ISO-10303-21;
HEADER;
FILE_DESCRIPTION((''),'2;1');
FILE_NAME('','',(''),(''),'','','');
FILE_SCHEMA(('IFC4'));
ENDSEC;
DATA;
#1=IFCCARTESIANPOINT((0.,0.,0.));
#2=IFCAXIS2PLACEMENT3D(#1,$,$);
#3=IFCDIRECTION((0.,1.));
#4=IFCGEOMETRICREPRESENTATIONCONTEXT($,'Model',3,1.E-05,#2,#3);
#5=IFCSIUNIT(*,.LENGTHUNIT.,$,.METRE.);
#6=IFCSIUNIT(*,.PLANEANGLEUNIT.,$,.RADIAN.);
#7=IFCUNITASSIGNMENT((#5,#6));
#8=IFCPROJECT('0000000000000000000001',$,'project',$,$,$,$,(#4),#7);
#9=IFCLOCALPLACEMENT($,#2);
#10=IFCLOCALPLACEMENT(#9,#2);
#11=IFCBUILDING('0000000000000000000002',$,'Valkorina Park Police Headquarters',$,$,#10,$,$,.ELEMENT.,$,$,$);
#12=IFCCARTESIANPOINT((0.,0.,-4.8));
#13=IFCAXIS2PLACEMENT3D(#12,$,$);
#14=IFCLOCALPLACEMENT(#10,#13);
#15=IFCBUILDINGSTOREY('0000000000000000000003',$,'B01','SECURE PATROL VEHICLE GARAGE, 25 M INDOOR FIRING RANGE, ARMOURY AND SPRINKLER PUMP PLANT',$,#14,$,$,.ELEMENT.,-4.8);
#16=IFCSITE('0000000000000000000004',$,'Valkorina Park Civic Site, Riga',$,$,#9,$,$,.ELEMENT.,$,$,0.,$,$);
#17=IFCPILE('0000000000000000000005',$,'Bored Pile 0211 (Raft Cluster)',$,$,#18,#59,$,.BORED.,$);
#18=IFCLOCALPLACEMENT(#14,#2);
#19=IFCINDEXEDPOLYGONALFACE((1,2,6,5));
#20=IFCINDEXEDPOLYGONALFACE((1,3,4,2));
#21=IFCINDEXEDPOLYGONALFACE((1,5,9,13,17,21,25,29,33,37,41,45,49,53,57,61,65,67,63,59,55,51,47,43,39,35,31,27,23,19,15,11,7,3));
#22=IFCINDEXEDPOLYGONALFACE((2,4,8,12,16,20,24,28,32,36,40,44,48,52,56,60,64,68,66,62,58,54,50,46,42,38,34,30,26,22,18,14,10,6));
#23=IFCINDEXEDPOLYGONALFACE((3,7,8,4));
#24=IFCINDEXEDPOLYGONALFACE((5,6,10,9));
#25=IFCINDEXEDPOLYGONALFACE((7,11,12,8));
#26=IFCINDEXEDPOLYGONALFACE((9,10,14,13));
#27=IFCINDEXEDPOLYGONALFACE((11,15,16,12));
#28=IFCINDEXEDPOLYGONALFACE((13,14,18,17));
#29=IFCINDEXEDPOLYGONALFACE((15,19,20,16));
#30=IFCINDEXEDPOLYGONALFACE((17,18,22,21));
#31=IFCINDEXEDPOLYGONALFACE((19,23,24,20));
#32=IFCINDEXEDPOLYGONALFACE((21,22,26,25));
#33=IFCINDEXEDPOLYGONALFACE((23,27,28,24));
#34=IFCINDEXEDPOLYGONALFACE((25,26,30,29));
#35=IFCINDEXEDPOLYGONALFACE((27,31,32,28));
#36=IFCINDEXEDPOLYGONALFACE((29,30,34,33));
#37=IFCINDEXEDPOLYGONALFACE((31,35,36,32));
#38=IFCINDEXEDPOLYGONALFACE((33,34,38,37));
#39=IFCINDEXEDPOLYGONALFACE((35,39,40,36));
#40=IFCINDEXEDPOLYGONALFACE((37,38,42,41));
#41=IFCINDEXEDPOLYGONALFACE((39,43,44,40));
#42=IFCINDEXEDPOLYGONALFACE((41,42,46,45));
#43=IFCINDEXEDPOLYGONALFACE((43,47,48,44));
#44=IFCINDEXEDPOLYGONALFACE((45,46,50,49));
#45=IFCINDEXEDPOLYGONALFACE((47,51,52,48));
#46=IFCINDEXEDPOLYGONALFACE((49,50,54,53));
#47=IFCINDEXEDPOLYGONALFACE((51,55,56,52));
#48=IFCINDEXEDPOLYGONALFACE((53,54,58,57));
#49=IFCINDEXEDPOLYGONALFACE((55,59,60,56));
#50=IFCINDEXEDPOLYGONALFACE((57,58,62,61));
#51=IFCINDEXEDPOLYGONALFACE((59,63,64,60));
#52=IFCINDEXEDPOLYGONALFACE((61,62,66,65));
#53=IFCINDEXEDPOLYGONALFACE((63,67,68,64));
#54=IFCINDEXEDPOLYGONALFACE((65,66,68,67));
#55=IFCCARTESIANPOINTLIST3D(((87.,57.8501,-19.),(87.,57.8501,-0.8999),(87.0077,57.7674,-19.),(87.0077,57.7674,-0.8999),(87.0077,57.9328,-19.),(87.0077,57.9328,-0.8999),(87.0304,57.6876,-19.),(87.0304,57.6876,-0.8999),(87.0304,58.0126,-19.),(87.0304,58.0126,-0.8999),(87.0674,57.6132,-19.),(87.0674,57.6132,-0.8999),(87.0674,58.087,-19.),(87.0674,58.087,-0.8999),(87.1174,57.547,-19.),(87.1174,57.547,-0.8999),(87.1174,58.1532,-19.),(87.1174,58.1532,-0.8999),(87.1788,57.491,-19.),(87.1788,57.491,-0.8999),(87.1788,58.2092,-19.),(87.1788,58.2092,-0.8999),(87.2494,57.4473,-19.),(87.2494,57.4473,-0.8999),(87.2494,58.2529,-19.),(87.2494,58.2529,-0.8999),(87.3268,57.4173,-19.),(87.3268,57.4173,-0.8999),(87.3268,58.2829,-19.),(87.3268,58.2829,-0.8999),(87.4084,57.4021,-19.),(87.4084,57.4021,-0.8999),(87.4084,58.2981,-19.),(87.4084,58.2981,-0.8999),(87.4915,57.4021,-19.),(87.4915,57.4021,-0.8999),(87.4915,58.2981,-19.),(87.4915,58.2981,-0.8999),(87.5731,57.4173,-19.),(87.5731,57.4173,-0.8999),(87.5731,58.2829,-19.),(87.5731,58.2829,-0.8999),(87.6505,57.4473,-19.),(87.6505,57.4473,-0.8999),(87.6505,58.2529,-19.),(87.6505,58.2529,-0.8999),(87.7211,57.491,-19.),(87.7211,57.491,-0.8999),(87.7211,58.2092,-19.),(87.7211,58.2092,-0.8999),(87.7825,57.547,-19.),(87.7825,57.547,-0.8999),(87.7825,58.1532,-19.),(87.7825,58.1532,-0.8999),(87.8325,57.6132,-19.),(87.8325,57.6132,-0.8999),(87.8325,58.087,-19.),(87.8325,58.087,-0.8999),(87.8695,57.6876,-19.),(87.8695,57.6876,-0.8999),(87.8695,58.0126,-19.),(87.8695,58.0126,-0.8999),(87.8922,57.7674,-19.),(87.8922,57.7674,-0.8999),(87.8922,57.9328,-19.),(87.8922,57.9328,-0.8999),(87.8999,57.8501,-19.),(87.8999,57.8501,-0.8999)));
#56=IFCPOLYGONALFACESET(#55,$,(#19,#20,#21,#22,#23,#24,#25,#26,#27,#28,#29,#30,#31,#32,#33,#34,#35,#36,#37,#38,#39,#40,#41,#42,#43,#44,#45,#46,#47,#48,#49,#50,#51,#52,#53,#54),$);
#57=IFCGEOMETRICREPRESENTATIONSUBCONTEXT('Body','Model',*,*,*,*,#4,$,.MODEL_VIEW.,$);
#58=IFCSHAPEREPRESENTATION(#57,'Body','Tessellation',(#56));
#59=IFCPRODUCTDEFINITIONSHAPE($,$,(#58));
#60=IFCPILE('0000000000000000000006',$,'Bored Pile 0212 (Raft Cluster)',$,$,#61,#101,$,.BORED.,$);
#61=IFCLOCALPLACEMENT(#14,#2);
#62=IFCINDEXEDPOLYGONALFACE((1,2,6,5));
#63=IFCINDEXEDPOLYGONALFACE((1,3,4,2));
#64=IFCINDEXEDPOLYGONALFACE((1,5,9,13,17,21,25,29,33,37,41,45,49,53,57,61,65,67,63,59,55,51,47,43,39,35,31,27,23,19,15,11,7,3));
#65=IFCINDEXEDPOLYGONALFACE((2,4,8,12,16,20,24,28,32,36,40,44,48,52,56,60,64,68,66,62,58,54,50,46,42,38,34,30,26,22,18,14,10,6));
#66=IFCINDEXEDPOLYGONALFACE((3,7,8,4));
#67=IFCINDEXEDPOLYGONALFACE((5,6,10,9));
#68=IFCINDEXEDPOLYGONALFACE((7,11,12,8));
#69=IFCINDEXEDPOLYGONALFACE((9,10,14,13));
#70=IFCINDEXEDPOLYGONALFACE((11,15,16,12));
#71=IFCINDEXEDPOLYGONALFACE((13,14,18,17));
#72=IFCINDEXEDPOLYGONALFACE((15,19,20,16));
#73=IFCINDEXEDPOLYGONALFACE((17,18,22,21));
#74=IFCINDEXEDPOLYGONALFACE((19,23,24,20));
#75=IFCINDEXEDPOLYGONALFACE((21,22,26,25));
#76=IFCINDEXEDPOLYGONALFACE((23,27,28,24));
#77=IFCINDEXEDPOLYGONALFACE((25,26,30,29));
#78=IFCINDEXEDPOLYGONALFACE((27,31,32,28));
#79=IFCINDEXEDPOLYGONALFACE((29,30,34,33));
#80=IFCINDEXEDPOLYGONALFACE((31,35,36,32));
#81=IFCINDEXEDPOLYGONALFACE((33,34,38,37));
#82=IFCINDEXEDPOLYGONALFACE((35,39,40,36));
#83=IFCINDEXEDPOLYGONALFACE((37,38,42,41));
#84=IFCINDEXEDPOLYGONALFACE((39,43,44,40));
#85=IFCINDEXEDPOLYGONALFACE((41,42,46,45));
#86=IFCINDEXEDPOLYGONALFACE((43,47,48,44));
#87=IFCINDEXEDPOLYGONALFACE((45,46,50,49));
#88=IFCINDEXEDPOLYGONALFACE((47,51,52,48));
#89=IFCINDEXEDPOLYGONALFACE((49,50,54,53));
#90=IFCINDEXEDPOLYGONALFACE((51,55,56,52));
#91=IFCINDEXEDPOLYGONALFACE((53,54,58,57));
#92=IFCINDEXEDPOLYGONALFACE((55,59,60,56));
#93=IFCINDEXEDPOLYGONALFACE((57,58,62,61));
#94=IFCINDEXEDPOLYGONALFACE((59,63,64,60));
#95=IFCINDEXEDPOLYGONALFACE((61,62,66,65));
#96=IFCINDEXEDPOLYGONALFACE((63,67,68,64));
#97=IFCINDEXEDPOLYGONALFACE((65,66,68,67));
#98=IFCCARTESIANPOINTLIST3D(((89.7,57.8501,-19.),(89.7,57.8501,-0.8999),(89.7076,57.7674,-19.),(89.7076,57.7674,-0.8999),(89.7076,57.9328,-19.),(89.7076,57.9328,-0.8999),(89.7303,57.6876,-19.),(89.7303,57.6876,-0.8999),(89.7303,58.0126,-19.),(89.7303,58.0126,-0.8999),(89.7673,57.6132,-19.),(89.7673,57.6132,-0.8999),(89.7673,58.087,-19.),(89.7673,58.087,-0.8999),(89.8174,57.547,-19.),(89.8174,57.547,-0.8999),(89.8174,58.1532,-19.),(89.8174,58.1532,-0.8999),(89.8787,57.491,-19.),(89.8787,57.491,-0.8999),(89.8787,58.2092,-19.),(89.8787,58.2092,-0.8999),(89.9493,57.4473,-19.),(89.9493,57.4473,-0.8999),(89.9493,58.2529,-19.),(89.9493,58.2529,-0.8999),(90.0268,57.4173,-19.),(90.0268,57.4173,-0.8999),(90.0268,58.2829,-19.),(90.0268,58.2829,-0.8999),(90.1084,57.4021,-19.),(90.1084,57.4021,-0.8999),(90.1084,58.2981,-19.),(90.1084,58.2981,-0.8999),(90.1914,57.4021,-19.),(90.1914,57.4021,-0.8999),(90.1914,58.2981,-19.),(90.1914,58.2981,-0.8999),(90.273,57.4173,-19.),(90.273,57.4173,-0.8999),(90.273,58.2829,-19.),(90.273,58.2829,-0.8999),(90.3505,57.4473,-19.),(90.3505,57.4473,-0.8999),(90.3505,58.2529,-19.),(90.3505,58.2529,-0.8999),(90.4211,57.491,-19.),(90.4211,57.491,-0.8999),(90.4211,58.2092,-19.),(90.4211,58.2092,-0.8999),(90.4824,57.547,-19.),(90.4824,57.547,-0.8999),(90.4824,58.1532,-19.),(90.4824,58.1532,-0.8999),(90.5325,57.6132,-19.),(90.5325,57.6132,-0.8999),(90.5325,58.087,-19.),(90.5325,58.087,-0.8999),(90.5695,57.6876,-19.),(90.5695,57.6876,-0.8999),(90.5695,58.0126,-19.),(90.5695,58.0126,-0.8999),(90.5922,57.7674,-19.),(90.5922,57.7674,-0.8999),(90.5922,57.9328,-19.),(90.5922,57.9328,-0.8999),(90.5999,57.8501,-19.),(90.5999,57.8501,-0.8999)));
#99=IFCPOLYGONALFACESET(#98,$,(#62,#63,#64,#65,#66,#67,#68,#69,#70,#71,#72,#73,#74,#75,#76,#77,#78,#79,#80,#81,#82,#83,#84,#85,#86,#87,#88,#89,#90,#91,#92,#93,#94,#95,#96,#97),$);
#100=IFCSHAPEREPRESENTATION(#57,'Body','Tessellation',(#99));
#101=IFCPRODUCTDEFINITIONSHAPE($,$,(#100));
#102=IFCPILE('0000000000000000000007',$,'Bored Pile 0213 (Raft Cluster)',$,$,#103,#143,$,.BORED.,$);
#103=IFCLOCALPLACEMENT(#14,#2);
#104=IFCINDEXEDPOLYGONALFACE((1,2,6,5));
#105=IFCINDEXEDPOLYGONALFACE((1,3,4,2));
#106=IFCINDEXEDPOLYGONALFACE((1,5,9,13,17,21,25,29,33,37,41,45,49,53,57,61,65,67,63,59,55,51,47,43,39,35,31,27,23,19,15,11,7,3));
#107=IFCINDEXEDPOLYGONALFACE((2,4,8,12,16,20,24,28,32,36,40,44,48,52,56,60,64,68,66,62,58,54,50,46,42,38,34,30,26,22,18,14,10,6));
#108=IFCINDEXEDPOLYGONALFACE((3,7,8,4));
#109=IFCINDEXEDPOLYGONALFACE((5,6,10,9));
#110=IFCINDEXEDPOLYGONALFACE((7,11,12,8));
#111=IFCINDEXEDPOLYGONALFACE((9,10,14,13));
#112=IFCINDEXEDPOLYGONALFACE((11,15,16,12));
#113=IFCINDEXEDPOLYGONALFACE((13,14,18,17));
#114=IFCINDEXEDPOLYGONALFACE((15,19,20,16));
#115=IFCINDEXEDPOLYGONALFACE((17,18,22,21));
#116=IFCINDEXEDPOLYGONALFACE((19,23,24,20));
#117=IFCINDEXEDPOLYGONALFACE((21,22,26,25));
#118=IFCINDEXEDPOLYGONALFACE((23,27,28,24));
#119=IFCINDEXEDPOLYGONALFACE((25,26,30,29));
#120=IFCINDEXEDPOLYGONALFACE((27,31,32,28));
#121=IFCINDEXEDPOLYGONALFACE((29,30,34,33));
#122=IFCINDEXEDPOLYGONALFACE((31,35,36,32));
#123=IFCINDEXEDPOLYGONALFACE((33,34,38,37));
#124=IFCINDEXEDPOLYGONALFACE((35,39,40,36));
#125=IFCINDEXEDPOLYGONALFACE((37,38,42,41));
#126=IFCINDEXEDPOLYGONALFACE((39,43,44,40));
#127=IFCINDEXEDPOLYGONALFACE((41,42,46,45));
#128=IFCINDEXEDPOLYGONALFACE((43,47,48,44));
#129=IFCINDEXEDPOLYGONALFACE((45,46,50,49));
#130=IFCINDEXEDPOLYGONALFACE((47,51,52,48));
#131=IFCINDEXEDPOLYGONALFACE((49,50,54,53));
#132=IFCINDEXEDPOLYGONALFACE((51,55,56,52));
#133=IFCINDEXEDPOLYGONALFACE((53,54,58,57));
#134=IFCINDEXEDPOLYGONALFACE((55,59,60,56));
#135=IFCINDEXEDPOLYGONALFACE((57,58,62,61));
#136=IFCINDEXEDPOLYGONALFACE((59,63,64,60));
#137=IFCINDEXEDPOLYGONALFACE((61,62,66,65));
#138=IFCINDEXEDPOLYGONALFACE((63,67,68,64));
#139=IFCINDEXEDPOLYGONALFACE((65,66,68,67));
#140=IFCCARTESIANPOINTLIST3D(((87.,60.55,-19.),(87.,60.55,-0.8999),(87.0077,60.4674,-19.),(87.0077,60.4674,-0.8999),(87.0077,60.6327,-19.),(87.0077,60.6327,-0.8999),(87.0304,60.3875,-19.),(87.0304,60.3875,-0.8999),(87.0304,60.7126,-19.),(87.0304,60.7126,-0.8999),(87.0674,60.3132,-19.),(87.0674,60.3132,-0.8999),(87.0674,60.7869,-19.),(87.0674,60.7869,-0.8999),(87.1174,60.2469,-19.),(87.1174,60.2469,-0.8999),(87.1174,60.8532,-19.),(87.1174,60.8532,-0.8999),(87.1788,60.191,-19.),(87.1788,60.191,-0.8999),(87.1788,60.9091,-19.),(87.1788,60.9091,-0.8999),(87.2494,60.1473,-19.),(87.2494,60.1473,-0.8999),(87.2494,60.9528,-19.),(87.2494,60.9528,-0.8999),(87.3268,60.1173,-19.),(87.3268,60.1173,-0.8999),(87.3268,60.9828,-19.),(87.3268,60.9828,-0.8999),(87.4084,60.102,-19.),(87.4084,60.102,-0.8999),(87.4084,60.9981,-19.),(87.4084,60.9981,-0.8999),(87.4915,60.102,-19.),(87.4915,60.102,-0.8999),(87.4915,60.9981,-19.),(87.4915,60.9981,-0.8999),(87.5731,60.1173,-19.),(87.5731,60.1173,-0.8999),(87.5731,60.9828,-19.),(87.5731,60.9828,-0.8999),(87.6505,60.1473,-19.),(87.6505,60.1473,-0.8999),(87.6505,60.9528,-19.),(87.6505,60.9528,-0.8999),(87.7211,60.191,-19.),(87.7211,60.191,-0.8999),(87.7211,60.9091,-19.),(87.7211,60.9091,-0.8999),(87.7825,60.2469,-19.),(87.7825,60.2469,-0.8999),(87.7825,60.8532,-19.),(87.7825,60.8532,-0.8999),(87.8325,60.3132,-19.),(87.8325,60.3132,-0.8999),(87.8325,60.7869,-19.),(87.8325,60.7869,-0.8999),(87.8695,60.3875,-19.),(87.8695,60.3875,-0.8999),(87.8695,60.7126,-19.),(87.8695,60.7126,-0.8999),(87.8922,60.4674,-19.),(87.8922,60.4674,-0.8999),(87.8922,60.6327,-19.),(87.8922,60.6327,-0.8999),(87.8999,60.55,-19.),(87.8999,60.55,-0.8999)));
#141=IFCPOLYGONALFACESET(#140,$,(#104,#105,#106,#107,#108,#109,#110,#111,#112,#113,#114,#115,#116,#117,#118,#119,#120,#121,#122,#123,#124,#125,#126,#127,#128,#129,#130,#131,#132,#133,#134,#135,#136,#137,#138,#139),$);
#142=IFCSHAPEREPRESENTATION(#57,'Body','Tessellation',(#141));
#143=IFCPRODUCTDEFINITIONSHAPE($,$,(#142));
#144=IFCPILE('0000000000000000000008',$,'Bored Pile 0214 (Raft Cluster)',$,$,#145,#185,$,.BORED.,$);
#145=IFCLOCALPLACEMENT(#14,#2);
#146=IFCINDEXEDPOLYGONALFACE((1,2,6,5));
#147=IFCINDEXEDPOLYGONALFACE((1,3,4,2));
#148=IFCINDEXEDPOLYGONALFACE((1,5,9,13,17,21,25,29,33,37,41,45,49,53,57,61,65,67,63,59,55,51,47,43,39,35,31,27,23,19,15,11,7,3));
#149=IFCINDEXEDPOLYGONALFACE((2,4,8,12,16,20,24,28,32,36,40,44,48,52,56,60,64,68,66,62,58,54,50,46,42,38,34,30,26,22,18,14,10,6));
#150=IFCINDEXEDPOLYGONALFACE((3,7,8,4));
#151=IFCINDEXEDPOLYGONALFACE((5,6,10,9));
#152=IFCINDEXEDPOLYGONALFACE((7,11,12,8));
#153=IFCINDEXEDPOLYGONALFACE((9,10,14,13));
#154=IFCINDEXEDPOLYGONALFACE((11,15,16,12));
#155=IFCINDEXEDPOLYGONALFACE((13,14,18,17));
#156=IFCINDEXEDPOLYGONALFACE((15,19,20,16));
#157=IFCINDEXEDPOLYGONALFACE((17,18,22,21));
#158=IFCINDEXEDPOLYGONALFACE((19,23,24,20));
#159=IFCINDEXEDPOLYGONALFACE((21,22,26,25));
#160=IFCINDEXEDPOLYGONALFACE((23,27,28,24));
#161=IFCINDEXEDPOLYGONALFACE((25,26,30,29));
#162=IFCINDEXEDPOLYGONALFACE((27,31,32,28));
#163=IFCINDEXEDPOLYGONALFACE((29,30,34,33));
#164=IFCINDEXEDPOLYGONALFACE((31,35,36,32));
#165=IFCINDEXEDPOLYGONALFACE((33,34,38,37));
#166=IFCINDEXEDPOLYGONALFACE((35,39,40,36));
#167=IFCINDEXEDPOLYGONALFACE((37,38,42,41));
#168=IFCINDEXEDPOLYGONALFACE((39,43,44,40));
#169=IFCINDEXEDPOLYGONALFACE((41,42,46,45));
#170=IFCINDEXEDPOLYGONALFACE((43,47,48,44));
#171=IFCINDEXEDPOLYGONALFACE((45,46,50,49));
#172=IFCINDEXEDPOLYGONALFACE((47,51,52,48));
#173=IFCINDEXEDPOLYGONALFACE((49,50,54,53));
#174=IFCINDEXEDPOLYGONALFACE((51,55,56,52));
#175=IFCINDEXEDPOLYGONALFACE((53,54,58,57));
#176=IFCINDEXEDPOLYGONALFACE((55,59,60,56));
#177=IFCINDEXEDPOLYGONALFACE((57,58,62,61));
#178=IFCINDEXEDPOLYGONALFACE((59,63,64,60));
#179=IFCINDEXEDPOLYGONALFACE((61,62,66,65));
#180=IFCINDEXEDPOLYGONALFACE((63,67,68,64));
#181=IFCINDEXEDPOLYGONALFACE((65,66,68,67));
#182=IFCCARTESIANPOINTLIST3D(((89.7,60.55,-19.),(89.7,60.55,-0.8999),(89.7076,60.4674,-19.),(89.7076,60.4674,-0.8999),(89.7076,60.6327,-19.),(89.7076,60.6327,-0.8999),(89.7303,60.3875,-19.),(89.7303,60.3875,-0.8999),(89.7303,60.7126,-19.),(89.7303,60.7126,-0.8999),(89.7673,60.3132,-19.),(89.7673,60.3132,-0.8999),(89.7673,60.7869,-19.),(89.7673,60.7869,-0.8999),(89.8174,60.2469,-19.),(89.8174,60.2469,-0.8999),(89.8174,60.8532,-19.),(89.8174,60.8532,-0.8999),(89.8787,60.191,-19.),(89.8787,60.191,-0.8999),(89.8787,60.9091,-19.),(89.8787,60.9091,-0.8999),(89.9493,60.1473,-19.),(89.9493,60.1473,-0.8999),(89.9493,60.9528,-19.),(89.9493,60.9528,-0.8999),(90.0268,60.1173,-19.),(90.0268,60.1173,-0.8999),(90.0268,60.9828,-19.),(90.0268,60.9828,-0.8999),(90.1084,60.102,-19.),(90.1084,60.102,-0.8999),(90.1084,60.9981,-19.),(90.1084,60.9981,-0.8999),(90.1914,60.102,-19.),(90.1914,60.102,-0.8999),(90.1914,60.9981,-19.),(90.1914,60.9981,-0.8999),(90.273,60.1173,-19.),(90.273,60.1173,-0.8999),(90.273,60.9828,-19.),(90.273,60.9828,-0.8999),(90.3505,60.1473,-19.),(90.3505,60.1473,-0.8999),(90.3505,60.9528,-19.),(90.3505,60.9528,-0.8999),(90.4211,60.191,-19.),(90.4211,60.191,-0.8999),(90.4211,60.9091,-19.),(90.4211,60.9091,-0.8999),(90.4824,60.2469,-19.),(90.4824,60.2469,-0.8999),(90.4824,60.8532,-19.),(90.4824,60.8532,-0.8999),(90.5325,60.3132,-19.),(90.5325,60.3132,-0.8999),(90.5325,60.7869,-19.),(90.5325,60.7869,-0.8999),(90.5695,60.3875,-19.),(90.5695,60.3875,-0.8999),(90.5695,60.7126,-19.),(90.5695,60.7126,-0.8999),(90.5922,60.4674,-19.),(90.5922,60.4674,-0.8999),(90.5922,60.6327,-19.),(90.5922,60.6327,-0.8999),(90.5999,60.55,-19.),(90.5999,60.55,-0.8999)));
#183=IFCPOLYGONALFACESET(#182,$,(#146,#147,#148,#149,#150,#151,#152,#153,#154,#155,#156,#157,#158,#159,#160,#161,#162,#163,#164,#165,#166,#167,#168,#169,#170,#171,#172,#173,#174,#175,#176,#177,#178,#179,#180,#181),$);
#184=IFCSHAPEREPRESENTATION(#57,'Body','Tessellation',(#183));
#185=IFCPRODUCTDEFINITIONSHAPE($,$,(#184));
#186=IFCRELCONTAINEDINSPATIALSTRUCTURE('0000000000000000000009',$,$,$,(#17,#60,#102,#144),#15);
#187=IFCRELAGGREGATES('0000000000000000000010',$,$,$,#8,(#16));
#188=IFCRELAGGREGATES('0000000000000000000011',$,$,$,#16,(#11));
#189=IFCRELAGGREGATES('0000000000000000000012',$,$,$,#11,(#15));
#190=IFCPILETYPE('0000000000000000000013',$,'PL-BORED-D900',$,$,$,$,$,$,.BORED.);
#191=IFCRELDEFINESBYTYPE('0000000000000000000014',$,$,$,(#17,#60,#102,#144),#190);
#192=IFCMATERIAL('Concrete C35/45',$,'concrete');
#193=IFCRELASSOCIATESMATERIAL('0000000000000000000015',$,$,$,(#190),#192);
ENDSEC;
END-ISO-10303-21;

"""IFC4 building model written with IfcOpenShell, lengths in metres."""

from ifc_helpers import new_model, si_unit, direction, frame, origin, origin_2d, place, context, subcontext, project, spatial, circle, extrude, material, material_profile, profile_set, type_object, element, save


model = new_model("IFC4")

# Units and contexts
model_context = context("Model", 3, precision=1e-05, world=origin(), true_north=direction((0.0, 1.0)))
body_context = subcontext(model_context, "Body", "Model", "MODEL_VIEW")
ifc_project = project(units=[si_unit("LENGTHUNIT", "METRE"), si_unit("PLANEANGLEUNIT", "RADIAN")], contexts=[model_context])

# Site, building, storey
site_placement = place(None, origin())
site = spatial("IfcSite", under=ifc_project, at=site_placement, Name="Valkorina Park Civic Site, Riga", CompositionType="ELEMENT", RefElevation=0.0)
building_placement = place(site_placement, origin())
building = spatial("IfcBuilding", under=site, at=building_placement, Name="Valkorina Park Police Headquarters", CompositionType="ELEMENT")
storey_placement = place(building_placement, frame((0.0, 0.0, -4.8)))
storey = spatial("IfcBuildingStorey", under=building, at=storey_placement, Name="B01", Description="SECURE PATROL VEHICLE GARAGE, 25 M INDOOR FIRING RANGE, ARMOURY AND SPRINKLER PUMP PLANT", CompositionType="ELEMENT", Elevation=-4.8)

# Piles
ifc_material_1 = material(Name="Concrete C35/45", Category="concrete")
ifc_material_profile_1 = material_profile(ifc_material_1, circle(Radius=0.45, at=origin_2d()), Name="BORED PILE D900")
ifc_profile_set_1 = profile_set([ifc_material_profile_1], Name="Concrete C35/45")
pile_type_1 = type_object("IfcPileType", Name="PL-BORED-D900", PredefinedType="BORED", material=ifc_profile_set_1)
for number, where, z_axis, x_axis, name in (
    (1, (87.45, 57.8501, -0.8999), (0.0, 0.0, -1.0), (1.0, 0.0, 0.0), "Bored Pile 0211 (Raft Cluster)"),
    (2, (90.1499, 57.8501, -0.8999), (0.0, 0.0, -1.0), (1.0, 0.0, 0.0), "Bored Pile 0212 (Raft Cluster)"),
    (3, (87.45, 60.55, -0.8999), (0.0, 0.0, -1.0), (1.0, 0.0, 0.0), "Bored Pile 0213 (Raft Cluster)"),
    (4, (90.1499, 60.55, -0.8999), (0.0, 0.0, -1.0), (1.0, 0.0, 0.0), "Bored Pile 0214 (Raft Cluster)"),
):
    element("IfcPile", number, at=place(storey_placement, frame(where, z_axis=z_axis, x_axis=x_axis)), inside=storey, type_object=pile_type_1, Name=name, PredefinedType="BORED", context=body_context, shape_type="SweptSolid", body=[
        extrude(circle(Radius=0.45, at=origin_2d()), origin(), (0.0, 0.0, 1.0), 18.1001),
    ])

save(model, "model.ifc")
